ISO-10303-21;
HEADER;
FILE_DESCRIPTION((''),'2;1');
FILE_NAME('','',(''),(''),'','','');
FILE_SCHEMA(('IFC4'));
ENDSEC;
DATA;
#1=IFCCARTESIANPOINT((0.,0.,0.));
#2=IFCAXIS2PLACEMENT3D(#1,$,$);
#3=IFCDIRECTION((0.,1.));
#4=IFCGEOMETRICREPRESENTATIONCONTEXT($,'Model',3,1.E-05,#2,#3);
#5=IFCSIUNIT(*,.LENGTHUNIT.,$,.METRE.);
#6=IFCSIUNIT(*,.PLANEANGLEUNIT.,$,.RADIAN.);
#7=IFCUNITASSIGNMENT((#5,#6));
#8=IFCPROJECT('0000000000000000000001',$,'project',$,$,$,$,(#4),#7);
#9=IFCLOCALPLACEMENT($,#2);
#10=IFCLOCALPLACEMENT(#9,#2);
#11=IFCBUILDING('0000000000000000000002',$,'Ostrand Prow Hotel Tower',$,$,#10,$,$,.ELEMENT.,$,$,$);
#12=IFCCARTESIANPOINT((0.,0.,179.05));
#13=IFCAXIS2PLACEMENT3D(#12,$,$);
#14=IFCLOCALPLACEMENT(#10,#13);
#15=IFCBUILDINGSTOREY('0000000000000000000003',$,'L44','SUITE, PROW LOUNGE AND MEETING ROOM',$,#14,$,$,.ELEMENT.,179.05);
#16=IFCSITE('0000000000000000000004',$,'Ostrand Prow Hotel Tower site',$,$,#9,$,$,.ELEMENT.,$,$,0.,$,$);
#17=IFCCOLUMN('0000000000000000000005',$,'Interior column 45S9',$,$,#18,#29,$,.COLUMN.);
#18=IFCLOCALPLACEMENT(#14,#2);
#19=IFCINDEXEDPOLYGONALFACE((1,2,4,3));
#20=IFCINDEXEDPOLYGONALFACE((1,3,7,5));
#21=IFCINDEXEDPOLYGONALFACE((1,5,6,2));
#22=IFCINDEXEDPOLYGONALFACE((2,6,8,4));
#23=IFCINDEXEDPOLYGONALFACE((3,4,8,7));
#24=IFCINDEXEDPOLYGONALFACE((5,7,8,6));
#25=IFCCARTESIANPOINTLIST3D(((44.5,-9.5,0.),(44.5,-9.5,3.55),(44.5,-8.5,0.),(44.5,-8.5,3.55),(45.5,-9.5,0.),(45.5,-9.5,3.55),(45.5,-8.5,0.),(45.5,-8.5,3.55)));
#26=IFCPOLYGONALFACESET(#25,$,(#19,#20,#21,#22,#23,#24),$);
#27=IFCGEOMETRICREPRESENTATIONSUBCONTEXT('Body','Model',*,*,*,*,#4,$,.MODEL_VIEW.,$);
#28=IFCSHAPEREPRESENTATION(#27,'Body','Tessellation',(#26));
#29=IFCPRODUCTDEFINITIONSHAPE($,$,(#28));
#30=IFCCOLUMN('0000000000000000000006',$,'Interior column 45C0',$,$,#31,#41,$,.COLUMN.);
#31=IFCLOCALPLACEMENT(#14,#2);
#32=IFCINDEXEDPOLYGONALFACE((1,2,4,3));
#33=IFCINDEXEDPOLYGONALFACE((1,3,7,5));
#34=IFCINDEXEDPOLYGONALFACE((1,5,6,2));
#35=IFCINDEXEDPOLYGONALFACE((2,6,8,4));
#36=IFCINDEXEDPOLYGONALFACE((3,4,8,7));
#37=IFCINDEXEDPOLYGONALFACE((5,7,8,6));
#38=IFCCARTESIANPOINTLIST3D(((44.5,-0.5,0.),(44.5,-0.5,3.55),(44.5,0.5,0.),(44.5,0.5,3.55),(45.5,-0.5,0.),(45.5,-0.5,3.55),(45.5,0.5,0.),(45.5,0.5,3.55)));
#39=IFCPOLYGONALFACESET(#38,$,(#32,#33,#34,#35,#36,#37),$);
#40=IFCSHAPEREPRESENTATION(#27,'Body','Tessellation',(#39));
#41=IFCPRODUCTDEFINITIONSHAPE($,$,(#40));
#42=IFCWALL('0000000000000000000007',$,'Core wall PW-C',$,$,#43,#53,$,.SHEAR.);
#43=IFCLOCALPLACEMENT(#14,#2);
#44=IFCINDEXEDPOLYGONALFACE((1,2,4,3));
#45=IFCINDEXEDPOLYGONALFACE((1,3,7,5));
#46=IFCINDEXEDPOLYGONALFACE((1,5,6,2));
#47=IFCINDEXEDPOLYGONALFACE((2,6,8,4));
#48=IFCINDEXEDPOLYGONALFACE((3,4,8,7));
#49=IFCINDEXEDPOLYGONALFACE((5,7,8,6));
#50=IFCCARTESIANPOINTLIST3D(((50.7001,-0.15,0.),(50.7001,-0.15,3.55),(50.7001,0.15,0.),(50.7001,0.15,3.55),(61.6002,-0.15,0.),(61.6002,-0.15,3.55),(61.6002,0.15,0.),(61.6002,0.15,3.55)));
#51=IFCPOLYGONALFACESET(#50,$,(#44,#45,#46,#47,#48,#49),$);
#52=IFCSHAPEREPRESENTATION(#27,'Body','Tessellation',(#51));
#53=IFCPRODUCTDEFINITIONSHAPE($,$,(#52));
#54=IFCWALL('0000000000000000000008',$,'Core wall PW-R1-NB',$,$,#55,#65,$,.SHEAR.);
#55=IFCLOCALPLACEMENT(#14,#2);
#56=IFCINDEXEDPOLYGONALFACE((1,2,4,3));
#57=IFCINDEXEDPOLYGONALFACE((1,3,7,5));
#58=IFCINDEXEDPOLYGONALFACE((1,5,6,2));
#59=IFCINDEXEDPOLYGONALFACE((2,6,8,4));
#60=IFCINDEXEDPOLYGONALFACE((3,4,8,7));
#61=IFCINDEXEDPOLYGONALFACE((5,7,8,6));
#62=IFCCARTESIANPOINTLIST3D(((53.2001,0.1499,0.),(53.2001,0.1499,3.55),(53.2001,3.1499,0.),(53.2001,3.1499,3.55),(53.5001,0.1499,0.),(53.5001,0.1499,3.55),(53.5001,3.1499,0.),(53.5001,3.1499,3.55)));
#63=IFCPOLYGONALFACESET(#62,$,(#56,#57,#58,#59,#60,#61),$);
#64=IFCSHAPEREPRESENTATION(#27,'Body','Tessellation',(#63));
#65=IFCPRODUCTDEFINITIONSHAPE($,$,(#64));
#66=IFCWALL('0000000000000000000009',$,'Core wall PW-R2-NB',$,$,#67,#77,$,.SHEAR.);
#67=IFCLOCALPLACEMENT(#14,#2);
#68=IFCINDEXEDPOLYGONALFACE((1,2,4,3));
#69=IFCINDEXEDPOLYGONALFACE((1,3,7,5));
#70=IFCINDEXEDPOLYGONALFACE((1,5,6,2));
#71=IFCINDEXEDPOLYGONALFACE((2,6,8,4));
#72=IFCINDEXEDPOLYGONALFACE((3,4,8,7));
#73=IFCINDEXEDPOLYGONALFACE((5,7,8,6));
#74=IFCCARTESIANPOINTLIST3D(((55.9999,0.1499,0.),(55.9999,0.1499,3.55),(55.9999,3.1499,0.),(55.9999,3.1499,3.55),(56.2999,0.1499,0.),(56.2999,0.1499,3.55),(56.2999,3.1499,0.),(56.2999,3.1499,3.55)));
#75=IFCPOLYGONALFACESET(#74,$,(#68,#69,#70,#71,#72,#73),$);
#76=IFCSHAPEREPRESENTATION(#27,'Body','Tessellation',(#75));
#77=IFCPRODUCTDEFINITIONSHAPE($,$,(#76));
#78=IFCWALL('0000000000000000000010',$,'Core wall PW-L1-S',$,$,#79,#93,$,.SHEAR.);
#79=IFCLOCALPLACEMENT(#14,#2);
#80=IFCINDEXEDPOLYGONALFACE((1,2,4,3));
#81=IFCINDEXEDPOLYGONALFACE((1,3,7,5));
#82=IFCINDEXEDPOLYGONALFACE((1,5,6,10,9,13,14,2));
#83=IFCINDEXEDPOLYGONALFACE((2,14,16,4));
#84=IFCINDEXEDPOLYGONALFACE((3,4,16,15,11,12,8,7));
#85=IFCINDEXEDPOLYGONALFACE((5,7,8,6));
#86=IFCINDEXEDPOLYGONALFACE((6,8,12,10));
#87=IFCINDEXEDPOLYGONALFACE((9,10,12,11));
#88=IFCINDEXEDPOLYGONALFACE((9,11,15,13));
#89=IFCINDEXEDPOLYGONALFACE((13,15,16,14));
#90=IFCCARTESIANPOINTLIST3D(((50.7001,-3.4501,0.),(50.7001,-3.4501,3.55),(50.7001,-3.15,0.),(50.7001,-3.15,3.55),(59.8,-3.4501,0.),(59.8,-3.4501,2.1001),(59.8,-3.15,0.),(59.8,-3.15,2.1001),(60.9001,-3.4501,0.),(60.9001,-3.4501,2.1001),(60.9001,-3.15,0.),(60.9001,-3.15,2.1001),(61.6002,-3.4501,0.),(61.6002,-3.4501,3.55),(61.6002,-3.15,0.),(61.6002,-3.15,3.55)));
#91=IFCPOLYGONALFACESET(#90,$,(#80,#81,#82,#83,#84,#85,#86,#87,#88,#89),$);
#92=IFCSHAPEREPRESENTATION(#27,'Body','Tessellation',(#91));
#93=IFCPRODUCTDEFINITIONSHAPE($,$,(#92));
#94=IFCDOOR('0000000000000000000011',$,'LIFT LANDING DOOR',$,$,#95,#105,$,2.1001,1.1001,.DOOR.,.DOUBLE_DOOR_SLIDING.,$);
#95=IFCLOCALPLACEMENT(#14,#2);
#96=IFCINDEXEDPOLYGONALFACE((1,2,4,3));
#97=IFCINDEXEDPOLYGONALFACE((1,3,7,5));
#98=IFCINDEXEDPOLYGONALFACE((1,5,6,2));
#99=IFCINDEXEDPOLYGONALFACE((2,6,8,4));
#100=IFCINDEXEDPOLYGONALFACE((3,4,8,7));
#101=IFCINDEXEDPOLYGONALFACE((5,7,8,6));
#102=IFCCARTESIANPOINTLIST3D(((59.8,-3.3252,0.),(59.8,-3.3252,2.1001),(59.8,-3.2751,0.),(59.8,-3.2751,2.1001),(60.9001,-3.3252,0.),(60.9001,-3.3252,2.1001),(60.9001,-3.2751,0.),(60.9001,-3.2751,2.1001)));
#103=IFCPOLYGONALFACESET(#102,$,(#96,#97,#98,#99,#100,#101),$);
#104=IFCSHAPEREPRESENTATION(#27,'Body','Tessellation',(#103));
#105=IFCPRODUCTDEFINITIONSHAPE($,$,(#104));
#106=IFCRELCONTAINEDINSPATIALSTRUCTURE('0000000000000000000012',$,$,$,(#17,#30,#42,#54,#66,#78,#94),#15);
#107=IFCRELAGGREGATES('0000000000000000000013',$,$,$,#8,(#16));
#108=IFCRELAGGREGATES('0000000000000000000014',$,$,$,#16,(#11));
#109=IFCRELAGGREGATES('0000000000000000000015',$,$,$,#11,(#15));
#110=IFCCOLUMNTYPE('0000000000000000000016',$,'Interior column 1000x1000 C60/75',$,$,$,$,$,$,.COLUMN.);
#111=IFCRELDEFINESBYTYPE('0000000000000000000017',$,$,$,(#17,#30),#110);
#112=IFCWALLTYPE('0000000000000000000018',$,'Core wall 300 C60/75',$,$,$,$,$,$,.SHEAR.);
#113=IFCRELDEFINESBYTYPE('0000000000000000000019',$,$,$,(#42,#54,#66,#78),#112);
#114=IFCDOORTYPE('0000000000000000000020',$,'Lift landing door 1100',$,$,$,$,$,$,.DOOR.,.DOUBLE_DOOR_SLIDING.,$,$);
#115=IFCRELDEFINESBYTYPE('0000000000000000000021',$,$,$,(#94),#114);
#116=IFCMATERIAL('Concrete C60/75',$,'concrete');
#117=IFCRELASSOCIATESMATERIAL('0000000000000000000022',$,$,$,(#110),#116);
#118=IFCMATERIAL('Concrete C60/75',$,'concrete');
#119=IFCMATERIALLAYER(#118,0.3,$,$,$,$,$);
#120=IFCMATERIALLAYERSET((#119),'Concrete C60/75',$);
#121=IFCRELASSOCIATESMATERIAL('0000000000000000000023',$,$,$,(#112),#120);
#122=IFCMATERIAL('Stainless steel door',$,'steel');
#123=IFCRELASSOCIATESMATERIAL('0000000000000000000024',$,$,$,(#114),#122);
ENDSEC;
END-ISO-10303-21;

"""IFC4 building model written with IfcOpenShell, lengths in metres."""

from ifc_helpers import new_model, si_unit, direction, frame, frame_2d, origin, origin_2d, place, context, subcontext, project, spatial, rectangle, extrude, material, layer, layer_set, material_profile, profile_set, type_object, element, fill, save


model = new_model("IFC4")

# Units and contexts
model_context = context("Model", 3, precision=1e-05, world=origin(), true_north=direction((0.0, 1.0)))
body_context = subcontext(model_context, "Body", "Model", "MODEL_VIEW")
ifc_project = project(units=[si_unit("LENGTHUNIT", "METRE"), si_unit("PLANEANGLEUNIT", "RADIAN")], contexts=[model_context])

# Site, building, storey
site_placement = place(None, origin())
site = spatial("IfcSite", under=ifc_project, at=site_placement, Name="Ostrand Prow Hotel Tower site", CompositionType="ELEMENT", RefElevation=0.0)
building_placement = place(site_placement, origin())
building = spatial("IfcBuilding", under=site, at=building_placement, Name="Ostrand Prow Hotel Tower", CompositionType="ELEMENT")
storey_placement = place(building_placement, frame((0.0, 0.0, 179.05)))
storey = spatial("IfcBuildingStorey", under=building, at=storey_placement, Name="L44", Description="SUITE, PROW LOUNGE AND MEETING ROOM", CompositionType="ELEMENT", Elevation=179.05)

# Columns
ifc_material_1 = material(Name="Concrete C60/75", Category="concrete")
ifc_material_profile = material_profile(ifc_material_1, rectangle(XDim=1.0, YDim=1.0, at=origin_2d()), Name="RC 1000x1000")
ifc_profile_set = profile_set([ifc_material_profile], Name="Concrete C60/75")
column_type = type_object("IfcColumnType", Name="Interior column 1000x1000 C60/75", PredefinedType="COLUMN", material=ifc_profile_set)
for number, where, z_axis, x_axis, name in (
    (1, (45.0, -9.0, 0.0), (0.0, 0.0, 1.0), (1.0, 0.0, 0.0), "Interior column 45S9"),
    (2, (45.0, 0.0, 0.0), (0.0, 0.0, 1.0), (1.0, 0.0, 0.0), "Interior column 45C0"),
):
    element("IfcColumn", number, at=place(storey_placement, frame(where, z_axis=z_axis, x_axis=x_axis)), inside=storey, type_object=column_type, Name=name, PredefinedType="COLUMN", context=body_context, shape_type="SweptSolid", body=[
        extrude(rectangle(XDim=1.0, YDim=1.0, at=origin_2d()), origin(), (0.0, 0.0, 1.0), 3.55),
    ])

# Walls
ifc_material_2 = material(Name="Concrete C60/75", Category="concrete")
ifc_layer_1 = layer(ifc_material_2, 0.3)
ifc_layer_set_1 = layer_set([ifc_layer_1], Name="Concrete C60/75")
wall_type_1 = type_object("IfcWallType", Name="Core wall 300 C60/75", PredefinedType="SHEAR", material=ifc_layer_set_1)
wall_1_placement = place(storey_placement, frame((50.7, 0.0, 0.0), z_axis=(0.0, 0.0, 1.0), x_axis=(1.0, 0.0, 0.0)))
element("IfcWall", 3, at=wall_1_placement, inside=storey, type_object=wall_type_1, Name="Core wall PW-C", PredefinedType="SHEAR", context=body_context, shape_type="SweptSolid", body=[
    extrude(rectangle(XDim=10.9001, YDim=0.3, at=frame_2d((5.4502, 0.0))), origin(), (0.0, 0.0, 1.0), 3.55),
])
for number, where, z_axis, x_axis, name in (
    (4, (53.3501, 0.1499, 0.0), (0.0, 0.0, 1.0), (0.0, 1.0, 0.0), "Core wall PW-R1-NB"),
    (5, (56.1499, 0.1499, 0.0), (0.0, 0.0, 1.0), (0.0, 1.0, 0.0), "Core wall PW-R2-NB"),
):
    element("IfcWall", number, at=place(storey_placement, frame(where, z_axis=z_axis, x_axis=x_axis)), inside=storey, type_object=wall_type_1, Name=name, PredefinedType="SHEAR", context=body_context, shape_type="SweptSolid", body=[
        extrude(rectangle(XDim=3.0, YDim=0.3, at=frame_2d((1.5, 0.0))), origin(), (0.0, 0.0, 1.0), 3.55),
    ])

# Wall, opening, door
wall_2_placement = place(storey_placement, frame((50.7, -3.3, 0.0), z_axis=(0.0, 0.0, 1.0), x_axis=(1.0, 0.0, 0.0)))
wall_2 = element("IfcWall", 6, at=wall_2_placement, inside=storey, type_object=wall_type_1, Name="Core wall PW-L1-S", PredefinedType="SHEAR", context=body_context, shape_type="SweptSolid", body=[
    extrude(rectangle(XDim=10.9001, YDim=0.3, at=frame_2d((5.4502, 0.0))), origin(), (0.0, 0.0, 1.0), 3.55),
])
opening_1_placement = place(wall_2_placement, frame((9.1001, 0.0, 0.0)))
opening_1 = element("IfcOpeningElement", 7, at=opening_1_placement, cuts=wall_2, PredefinedType="OPENING", context=body_context, shape_type="SweptSolid", body=[
    extrude(rectangle(XDim=1.1001, YDim=2.1001, at=frame_2d((0.55, 1.05))), frame((0.0, 0.1599, 0.0), z_axis=(0.0, -1.0, 0.0), x_axis=(1.0, 0.0, 0.0)), (0.0, 0.0, 1.0), 0.3201),
])
ifc_material_3 = material(Name="Stainless steel door", Category="steel")
door_type_1 = type_object("IfcDoorType", Name="Lift landing door 1100", OperationType="DOUBLE_DOOR_SLIDING", PredefinedType="DOOR", material=ifc_material_3)
door_1_placement = place(opening_1_placement, origin())
door_1 = element("IfcDoor", 8, at=door_1_placement, inside=storey, type_object=door_type_1, Name="LIFT LANDING DOOR", OperationType="DOUBLE_DOOR_SLIDING", OverallHeight=2.1001, OverallWidth=1.1001, PredefinedType="DOOR", context=body_context, shape_type="SweptSolid", body=[
    extrude(rectangle(XDim=1.1001, YDim=2.1001, at=frame_2d((0.55, 1.05))), frame((0.0, 0.0249, 0.0), z_axis=(0.0, -1.0, 0.0), x_axis=(1.0, 0.0, 0.0)), (0.0, 0.0, 1.0), 0.05),
])
fill(opening_1, door_1)

save(model, "model.ifc")
